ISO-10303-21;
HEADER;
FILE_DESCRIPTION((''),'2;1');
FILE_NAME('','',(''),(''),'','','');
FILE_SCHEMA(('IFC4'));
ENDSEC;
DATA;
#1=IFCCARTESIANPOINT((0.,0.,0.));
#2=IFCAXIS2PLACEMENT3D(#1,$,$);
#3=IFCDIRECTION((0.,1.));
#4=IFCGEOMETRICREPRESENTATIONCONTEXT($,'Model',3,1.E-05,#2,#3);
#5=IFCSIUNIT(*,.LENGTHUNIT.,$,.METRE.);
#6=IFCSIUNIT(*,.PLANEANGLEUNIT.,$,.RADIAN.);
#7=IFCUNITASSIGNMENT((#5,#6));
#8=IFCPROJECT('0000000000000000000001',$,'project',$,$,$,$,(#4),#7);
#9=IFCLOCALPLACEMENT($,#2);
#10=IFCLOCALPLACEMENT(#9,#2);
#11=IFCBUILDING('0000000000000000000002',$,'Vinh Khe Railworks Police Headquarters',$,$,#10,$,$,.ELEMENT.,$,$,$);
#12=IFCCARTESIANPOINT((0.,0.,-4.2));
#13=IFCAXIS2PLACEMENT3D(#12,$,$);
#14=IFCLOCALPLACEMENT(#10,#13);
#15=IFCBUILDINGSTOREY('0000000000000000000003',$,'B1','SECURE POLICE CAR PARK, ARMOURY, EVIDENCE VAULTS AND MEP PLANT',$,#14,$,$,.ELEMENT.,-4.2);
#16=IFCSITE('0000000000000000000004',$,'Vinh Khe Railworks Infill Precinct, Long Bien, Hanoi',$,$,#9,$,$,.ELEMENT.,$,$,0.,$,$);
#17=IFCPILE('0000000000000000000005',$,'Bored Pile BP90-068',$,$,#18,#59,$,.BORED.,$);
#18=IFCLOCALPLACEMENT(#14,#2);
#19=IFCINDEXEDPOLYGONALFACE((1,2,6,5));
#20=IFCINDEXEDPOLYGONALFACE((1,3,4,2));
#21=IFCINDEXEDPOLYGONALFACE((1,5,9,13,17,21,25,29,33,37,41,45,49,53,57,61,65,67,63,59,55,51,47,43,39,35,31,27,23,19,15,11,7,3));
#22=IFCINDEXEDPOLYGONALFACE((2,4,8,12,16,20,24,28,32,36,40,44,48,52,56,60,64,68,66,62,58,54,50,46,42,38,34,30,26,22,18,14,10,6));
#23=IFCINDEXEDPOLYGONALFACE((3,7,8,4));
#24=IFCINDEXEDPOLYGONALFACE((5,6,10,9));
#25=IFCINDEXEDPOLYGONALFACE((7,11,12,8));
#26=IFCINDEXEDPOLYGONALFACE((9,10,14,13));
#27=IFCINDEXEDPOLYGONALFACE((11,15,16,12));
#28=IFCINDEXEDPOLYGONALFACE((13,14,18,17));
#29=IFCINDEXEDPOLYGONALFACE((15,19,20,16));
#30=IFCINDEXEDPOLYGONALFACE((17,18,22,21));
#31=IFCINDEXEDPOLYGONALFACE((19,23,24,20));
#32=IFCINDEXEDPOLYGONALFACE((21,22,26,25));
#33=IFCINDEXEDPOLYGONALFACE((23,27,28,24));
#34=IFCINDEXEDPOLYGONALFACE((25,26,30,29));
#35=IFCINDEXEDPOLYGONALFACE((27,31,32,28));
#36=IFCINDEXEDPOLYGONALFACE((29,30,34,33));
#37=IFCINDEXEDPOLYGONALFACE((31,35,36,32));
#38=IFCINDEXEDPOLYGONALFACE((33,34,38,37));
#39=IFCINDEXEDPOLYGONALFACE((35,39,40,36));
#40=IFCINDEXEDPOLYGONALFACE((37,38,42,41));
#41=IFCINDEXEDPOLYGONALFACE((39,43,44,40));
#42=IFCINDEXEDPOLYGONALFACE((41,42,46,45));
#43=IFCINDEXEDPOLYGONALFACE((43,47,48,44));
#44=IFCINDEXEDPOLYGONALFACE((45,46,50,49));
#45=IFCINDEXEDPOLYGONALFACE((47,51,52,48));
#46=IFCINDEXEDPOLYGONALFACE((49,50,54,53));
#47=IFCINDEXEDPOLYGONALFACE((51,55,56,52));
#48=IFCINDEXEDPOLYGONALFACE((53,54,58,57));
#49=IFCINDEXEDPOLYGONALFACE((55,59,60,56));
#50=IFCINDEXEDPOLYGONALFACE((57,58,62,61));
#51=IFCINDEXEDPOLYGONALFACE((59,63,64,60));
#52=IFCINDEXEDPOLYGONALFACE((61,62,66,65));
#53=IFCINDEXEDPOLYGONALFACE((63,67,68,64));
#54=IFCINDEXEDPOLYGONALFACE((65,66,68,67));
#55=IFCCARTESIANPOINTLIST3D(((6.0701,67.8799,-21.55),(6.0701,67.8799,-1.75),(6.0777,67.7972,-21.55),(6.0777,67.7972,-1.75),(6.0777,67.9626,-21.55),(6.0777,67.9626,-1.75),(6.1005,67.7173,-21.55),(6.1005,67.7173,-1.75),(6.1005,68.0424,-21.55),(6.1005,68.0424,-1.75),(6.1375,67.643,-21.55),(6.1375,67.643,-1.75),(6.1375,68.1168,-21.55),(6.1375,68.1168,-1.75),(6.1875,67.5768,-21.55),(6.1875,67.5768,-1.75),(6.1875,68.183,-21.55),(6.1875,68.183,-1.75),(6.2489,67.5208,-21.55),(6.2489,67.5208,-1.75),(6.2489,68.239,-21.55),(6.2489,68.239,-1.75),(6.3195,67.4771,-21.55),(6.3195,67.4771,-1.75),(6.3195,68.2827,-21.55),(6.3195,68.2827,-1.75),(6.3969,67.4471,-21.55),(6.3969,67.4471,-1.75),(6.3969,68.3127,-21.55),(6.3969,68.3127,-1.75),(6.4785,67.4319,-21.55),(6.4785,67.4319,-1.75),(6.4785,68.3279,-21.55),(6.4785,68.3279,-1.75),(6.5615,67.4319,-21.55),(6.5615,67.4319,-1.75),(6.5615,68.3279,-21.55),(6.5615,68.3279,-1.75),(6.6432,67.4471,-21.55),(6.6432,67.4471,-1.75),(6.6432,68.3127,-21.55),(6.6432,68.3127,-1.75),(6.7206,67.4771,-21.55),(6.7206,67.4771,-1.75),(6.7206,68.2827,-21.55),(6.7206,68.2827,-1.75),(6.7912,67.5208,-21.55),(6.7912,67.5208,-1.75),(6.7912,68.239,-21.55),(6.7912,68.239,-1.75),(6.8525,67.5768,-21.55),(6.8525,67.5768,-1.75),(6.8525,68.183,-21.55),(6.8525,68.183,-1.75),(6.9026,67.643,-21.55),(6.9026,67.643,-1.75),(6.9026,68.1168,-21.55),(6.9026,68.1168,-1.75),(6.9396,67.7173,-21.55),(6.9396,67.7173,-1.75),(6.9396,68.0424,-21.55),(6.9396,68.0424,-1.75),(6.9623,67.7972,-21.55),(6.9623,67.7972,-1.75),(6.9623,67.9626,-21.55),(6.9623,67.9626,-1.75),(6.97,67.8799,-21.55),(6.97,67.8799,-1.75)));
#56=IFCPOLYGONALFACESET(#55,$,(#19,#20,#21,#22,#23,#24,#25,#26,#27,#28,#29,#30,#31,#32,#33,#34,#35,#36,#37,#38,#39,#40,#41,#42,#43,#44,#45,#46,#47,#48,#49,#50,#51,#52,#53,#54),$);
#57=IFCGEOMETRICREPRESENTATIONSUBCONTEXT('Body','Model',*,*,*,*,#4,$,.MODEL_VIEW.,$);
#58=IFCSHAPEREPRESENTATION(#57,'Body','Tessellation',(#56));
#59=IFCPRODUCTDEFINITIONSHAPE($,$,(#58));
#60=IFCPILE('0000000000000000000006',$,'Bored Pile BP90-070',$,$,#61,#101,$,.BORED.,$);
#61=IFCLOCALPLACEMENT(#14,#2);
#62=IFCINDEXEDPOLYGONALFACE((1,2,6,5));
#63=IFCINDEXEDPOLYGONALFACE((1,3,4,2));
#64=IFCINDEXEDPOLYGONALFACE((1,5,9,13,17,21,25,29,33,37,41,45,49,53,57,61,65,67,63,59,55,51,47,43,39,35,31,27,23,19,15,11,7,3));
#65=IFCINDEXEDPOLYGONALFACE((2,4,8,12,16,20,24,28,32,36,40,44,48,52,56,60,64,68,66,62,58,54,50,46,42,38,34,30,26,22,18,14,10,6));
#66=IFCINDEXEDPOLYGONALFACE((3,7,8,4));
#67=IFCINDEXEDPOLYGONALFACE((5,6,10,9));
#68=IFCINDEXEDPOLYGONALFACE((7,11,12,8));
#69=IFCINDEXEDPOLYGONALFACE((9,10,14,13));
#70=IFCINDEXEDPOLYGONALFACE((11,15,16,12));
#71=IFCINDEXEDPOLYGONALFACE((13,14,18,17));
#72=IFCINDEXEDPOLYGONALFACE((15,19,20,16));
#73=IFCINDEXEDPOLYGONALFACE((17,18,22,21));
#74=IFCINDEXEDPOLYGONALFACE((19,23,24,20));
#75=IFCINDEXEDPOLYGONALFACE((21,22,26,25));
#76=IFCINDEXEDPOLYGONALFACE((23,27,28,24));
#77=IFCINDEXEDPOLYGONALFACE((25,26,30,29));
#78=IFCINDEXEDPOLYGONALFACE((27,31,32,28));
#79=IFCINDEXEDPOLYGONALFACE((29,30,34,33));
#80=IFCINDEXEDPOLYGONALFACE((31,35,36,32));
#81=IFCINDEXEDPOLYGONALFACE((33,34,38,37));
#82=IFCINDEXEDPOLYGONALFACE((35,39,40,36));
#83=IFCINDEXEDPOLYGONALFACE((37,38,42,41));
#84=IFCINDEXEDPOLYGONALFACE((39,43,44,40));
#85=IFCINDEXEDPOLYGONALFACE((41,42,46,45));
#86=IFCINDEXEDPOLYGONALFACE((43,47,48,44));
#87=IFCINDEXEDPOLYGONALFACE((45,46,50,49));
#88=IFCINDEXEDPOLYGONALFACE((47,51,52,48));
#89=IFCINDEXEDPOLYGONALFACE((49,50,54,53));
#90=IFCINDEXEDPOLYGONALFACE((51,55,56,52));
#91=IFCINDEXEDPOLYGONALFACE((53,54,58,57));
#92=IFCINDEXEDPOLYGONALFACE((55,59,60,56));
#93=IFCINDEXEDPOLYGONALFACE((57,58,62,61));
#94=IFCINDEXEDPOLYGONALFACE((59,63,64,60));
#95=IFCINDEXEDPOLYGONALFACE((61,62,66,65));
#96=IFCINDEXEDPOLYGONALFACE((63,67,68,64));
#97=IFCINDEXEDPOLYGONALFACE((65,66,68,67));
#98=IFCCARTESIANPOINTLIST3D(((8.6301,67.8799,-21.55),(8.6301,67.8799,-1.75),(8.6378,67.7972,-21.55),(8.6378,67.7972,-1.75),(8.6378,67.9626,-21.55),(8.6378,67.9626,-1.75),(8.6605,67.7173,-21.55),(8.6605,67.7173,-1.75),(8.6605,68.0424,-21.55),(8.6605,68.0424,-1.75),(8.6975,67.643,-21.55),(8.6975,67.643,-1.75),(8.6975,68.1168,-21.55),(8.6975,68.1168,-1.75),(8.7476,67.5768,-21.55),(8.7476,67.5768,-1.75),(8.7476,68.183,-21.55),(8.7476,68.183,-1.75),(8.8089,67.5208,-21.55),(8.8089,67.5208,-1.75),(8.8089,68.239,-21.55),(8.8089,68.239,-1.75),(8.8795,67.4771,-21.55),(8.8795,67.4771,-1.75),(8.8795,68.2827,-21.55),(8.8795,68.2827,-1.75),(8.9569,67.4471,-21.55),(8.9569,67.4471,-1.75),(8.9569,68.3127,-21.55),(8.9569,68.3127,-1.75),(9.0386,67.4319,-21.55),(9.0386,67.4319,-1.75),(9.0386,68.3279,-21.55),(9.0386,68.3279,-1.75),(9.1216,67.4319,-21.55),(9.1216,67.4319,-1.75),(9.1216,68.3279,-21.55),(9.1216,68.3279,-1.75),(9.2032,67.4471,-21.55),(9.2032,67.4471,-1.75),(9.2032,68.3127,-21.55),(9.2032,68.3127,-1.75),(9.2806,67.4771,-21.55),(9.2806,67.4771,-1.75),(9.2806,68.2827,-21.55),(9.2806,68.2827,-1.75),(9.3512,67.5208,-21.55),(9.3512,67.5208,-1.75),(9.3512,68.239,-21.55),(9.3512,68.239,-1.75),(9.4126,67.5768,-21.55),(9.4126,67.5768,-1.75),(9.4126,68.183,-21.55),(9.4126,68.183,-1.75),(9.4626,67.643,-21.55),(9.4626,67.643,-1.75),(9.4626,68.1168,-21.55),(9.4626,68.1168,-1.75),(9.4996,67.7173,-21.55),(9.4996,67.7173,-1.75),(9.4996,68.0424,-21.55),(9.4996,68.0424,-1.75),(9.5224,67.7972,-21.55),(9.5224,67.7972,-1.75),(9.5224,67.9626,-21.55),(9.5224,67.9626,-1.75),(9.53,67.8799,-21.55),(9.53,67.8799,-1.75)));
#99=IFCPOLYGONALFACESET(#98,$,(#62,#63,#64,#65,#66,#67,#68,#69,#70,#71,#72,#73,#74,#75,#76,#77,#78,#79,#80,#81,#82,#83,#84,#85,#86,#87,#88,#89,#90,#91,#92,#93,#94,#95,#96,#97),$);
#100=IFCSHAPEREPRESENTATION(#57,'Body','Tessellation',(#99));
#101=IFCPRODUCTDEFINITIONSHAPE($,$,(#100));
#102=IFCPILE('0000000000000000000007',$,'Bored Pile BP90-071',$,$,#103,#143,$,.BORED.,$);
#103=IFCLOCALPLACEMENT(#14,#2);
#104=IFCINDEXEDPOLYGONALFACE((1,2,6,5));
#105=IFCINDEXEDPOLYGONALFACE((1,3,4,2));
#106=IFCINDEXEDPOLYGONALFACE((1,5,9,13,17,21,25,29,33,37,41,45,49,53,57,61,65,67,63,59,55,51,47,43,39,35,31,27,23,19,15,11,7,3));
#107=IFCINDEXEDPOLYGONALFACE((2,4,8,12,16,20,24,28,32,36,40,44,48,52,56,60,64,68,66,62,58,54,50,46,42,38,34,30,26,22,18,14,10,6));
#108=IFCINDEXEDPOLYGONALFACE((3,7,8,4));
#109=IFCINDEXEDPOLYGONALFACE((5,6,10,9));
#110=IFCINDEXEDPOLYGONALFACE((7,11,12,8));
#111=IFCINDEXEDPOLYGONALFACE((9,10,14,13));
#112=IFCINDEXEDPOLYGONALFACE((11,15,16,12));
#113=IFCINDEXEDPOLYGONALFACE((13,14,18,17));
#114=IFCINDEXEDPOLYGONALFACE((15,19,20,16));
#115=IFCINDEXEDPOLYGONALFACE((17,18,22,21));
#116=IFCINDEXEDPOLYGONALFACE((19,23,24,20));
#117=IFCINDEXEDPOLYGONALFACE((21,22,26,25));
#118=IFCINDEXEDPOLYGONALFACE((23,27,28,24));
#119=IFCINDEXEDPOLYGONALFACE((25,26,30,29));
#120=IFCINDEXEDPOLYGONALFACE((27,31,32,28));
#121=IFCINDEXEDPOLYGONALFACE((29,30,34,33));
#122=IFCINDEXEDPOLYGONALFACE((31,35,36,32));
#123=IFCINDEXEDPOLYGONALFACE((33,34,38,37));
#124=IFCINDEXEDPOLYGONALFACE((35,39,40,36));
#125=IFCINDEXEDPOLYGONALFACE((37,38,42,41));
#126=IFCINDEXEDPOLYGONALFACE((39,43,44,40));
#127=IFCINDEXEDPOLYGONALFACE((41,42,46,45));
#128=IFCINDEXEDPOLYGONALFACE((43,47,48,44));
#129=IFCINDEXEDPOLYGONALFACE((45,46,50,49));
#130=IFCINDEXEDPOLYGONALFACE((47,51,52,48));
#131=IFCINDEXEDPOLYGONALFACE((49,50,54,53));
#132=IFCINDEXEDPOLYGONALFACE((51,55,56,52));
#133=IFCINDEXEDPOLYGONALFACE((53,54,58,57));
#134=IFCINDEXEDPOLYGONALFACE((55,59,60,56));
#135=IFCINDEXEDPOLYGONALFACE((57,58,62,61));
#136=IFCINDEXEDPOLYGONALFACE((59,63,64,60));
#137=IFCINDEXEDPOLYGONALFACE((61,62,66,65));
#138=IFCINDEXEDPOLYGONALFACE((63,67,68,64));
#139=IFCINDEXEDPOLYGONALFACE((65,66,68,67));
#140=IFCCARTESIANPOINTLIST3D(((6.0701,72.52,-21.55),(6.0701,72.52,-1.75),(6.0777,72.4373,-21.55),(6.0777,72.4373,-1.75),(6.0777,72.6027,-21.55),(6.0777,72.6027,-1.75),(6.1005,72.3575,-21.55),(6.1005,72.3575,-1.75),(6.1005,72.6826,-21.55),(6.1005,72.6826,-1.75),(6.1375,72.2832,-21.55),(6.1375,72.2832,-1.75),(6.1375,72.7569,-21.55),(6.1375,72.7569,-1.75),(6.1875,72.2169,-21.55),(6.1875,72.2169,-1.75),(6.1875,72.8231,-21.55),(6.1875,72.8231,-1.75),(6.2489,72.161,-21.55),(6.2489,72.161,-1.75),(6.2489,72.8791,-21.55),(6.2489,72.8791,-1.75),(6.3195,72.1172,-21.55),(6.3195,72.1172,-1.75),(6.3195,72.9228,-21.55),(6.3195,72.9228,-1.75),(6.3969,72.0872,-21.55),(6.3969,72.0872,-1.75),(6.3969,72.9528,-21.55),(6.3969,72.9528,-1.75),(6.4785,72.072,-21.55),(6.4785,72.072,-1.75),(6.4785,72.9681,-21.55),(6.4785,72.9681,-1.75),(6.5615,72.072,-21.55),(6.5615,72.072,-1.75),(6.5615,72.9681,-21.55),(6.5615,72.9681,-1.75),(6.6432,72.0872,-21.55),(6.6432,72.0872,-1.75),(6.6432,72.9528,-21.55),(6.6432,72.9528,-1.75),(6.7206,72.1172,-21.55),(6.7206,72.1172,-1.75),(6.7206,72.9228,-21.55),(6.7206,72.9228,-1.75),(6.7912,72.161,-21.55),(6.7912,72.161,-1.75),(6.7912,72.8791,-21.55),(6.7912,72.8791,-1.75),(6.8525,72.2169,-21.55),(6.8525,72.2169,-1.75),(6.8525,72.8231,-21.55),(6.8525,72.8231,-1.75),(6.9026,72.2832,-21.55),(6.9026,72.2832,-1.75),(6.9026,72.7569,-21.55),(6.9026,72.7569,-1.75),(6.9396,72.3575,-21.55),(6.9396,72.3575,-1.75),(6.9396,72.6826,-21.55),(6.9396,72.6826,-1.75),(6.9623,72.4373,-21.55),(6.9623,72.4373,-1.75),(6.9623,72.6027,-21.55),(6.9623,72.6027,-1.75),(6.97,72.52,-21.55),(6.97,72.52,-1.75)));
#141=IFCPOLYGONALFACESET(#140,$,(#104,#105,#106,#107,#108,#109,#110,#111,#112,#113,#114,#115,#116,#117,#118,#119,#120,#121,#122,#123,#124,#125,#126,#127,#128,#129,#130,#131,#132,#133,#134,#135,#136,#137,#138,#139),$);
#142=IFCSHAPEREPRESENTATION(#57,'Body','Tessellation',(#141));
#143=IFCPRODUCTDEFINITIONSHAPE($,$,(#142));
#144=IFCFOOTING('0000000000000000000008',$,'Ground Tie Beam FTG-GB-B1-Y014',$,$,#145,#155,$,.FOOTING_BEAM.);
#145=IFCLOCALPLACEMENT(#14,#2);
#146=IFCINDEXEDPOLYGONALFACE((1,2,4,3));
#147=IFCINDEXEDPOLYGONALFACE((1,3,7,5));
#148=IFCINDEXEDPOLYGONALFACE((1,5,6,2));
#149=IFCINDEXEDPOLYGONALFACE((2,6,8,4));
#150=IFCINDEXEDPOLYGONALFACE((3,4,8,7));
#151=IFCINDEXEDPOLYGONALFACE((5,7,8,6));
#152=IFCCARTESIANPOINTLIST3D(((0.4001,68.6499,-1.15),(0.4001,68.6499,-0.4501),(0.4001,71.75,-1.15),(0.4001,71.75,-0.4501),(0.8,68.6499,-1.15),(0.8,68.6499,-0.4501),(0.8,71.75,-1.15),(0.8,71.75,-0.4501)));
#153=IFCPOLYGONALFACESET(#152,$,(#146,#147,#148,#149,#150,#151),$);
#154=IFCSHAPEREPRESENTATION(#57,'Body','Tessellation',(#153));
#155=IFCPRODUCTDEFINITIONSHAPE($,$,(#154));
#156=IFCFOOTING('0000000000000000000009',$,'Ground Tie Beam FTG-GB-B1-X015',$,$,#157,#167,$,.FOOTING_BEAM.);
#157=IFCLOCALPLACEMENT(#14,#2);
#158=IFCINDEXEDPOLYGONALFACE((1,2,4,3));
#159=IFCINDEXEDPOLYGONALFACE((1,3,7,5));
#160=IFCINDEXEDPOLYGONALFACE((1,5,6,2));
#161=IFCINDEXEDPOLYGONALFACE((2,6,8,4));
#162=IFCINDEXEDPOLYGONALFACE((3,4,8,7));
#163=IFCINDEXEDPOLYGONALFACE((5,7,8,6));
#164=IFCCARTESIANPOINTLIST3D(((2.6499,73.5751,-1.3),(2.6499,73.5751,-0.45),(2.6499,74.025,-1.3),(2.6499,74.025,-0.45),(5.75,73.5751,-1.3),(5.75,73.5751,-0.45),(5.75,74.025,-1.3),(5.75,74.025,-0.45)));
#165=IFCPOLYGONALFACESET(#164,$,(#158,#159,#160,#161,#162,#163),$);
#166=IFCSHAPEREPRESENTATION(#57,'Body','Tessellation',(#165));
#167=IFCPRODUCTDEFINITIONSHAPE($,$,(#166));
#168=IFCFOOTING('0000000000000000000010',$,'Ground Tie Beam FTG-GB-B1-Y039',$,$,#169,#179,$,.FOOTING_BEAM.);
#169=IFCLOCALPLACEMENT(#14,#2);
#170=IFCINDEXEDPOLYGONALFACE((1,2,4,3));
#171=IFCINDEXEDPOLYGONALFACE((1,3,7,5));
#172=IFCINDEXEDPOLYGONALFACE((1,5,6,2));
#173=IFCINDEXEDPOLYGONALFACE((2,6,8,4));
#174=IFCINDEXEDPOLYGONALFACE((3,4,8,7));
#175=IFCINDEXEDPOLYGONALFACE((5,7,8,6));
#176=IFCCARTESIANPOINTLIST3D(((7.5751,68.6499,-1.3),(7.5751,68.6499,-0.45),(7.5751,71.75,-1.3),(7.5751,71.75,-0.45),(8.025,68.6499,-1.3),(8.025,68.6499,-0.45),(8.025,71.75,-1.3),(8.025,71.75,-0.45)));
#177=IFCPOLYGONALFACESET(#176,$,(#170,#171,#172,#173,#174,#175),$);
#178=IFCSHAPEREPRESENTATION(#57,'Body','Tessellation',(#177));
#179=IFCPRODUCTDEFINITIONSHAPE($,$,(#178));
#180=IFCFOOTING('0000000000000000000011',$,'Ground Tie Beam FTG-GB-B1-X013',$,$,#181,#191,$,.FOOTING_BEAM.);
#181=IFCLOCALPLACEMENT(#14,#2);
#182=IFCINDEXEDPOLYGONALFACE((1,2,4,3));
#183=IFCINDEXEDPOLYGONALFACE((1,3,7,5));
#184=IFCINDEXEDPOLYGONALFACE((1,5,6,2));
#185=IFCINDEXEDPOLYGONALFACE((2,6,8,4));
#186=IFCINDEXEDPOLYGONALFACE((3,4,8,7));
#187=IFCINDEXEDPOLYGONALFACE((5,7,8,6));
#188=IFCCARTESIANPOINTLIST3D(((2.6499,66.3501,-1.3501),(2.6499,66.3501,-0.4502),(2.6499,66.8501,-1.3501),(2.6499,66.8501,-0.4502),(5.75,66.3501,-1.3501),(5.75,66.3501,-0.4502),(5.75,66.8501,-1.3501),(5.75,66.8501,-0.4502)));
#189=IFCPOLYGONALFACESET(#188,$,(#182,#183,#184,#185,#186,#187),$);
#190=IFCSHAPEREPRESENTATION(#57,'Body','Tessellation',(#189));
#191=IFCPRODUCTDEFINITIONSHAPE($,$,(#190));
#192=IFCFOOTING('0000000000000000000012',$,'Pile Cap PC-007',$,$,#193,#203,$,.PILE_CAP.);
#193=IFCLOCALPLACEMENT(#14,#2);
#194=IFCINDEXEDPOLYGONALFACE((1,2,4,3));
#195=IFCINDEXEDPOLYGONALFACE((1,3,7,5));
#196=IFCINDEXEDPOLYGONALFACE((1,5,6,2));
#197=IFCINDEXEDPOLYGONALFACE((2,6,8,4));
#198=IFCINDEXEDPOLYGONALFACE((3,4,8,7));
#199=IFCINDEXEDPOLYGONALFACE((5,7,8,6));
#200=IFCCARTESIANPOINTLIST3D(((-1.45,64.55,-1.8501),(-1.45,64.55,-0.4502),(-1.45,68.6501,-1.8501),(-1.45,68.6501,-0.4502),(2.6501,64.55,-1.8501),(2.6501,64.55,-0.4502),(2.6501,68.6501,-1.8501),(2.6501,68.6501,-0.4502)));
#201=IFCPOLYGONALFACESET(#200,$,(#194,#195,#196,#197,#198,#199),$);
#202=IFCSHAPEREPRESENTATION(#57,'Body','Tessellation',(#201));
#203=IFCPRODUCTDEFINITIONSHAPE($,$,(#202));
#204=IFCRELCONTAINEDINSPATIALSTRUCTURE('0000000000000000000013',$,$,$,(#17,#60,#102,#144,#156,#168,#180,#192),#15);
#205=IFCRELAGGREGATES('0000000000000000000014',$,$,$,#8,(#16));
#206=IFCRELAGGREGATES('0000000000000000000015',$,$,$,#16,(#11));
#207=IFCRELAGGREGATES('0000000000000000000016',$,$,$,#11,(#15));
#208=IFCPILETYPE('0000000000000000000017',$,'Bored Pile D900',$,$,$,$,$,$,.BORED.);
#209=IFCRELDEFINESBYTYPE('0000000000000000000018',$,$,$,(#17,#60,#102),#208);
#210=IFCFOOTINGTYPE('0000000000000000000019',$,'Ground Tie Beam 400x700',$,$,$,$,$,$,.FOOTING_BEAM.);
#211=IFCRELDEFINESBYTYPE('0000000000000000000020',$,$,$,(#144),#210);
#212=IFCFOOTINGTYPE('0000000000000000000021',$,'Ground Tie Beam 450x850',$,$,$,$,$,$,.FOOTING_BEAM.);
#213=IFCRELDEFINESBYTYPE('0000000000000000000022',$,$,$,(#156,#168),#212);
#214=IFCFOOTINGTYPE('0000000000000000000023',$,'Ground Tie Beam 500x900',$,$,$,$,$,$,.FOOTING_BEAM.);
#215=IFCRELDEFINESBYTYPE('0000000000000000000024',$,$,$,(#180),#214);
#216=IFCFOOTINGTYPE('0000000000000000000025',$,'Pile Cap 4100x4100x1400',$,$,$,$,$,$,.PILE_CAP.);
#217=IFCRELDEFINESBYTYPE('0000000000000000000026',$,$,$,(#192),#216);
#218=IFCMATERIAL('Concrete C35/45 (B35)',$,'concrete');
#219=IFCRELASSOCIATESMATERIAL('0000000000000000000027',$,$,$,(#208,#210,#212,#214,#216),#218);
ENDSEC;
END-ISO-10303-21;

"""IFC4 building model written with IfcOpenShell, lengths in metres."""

from ifc_helpers import new_model, si_unit, direction, frame, origin, origin_2d, place, context, subcontext, project, spatial, rectangle, circle, extrude, material, material_profile, profile_set, type_object, element, save


model = new_model("IFC4")

# Units and contexts
model_context = context("Model", 3, precision=1e-05, world=origin(), true_north=direction((0.0, 1.0)))
body_context = subcontext(model_context, "Body", "Model", "MODEL_VIEW")
ifc_project = project(units=[si_unit("LENGTHUNIT", "METRE"), si_unit("PLANEANGLEUNIT", "RADIAN")], contexts=[model_context])

# Site, building, storey
site_placement = place(None, origin())
site = spatial("IfcSite", under=ifc_project, at=site_placement, Name="Vinh Khe Railworks Infill Precinct, Long Bien, Hanoi", CompositionType="ELEMENT", RefElevation=0.0)
building_placement = place(site_placement, origin())
building = spatial("IfcBuilding", under=site, at=building_placement, Name="Vinh Khe Railworks Police Headquarters", CompositionType="ELEMENT")
storey_placement = place(building_placement, frame((0.0, 0.0, -4.2)))
storey = spatial("IfcBuildingStorey", under=building, at=storey_placement, Name="B1", Description="SECURE POLICE CAR PARK, ARMOURY, EVIDENCE VAULTS AND MEP PLANT", CompositionType="ELEMENT", Elevation=-4.2)

# Piles
ifc_material_1 = material(Name="Concrete C35/45 (B35)", Category="concrete")
ifc_material_profile_1 = material_profile(ifc_material_1, circle(Radius=0.45, at=origin_2d()), Name="BORED PILE D900")
ifc_profile_set_1 = profile_set([ifc_material_profile_1], Name="Concrete C35/45 (B35)")
pile_type = type_object("IfcPileType", Name="Bored Pile D900", PredefinedType="BORED", material=ifc_profile_set_1)
for number, where, z_axis, x_axis, name in (
    (1, (6.52, 67.8799, -1.75), (0.0, 0.0, -1.0), (1.0, 0.0, 0.0), "Bored Pile BP90-068"),
    (2, (9.0801, 67.8799, -1.75), (0.0, 0.0, -1.0), (1.0, 0.0, 0.0), "Bored Pile BP90-070"),
    (3, (6.52, 72.52, -1.75), (0.0, 0.0, -1.0), (1.0, 0.0, 0.0), "Bored Pile BP90-071"),
):
    element("IfcPile", number, at=place(storey_placement, frame(where, z_axis=z_axis, x_axis=x_axis)), inside=storey, type_object=pile_type, Name=name, PredefinedType="BORED", context=body_context, shape_type="SweptSolid", body=[
        extrude(circle(Radius=0.45, at=origin_2d()), origin(), (0.0, 0.0, 1.0), 19.8),
    ])

# Footings
ifc_material_profile_2 = material_profile(ifc_material_1, rectangle(XDim=0.3999, YDim=0.7, at=origin_2d()), Name="RC 400x700")
ifc_profile_set_2 = profile_set([ifc_material_profile_2], Name="Concrete C35/45 (B35)")
footing_type_1 = type_object("IfcFootingType", Name="Ground Tie Beam 400x700", PredefinedType="FOOTING_BEAM", material=ifc_profile_set_2)
footing_1_placement = place(storey_placement, frame((0.6001, 68.6499, -0.8), z_axis=(0.0, 1.0, 0.0), x_axis=(-1.0, 0.0, 0.0)))
element("IfcFooting", 4, at=footing_1_placement, inside=storey, type_object=footing_type_1, Name="Ground Tie Beam FTG-GB-B1-Y014", PredefinedType="FOOTING_BEAM", context=body_context, shape_type="SweptSolid", body=[
    extrude(rectangle(XDim=0.3999, YDim=0.7, at=origin_2d()), origin(), (0.0, 0.0, 1.0), 3.1001),
])
ifc_material_profile_3 = material_profile(ifc_material_1, rectangle(XDim=0.45, YDim=0.8501, at=origin_2d()), Name="RC 450x850")
ifc_profile_set_3 = profile_set([ifc_material_profile_3], Name="Concrete C35/45 (B35)")
footing_type_2 = type_object("IfcFootingType", Name="Ground Tie Beam 450x850", PredefinedType="FOOTING_BEAM", material=ifc_profile_set_3)
for number, where, z_axis, x_axis, name in (
    (5, (2.6499, 73.8, -0.875), (1.0, 0.0, 0.0), (0.0, 1.0, 0.0), "Ground Tie Beam FTG-GB-B1-X015"),
    (6, (7.8, 68.6499, -0.875), (0.0, 1.0, 0.0), (-1.0, 0.0, 0.0), "Ground Tie Beam FTG-GB-B1-Y039"),
):
    element("IfcFooting", number, at=place(storey_placement, frame(where, z_axis=z_axis, x_axis=x_axis)), inside=storey, type_object=footing_type_2, Name=name, PredefinedType="FOOTING_BEAM", context=body_context, shape_type="SweptSolid", body=[
        extrude(rectangle(XDim=0.45, YDim=0.8501, at=origin_2d()), origin(), (0.0, 0.0, 1.0), 3.1001),
    ])
ifc_material_profile_4 = material_profile(ifc_material_1, rectangle(XDim=0.5, YDim=0.8999, at=origin_2d()), Name="RC 500x900")
ifc_profile_set_4 = profile_set([ifc_material_profile_4], Name="Concrete C35/45 (B35)")
footing_type_3 = type_object("IfcFootingType", Name="Ground Tie Beam 500x900", PredefinedType="FOOTING_BEAM", material=ifc_profile_set_4)
footing_2_placement = place(storey_placement, frame((2.6499, 66.6001, -0.9001), z_axis=(1.0, 0.0, 0.0), x_axis=(0.0, 1.0, 0.0)))
element("IfcFooting", 7, at=footing_2_placement, inside=storey, type_object=footing_type_3, Name="Ground Tie Beam FTG-GB-B1-X013", PredefinedType="FOOTING_BEAM", context=body_context, shape_type="SweptSolid", body=[
    extrude(rectangle(XDim=0.5, YDim=0.8999, at=origin_2d()), origin(), (0.0, 0.0, 1.0), 3.1001),
])
footing_type_4 = type_object("IfcFootingType", Name="Pile Cap 4100x4100x1400", PredefinedType="PILE_CAP", material=ifc_material_1)
for number, where, z_axis, x_axis, name in (
    (8, (0.6001, 66.6001, -1.8501), (0.0, 0.0, 1.0), (1.0, 0.0, 0.0), "Pile Cap PC-007"),
):
    element("IfcFooting", number, at=place(storey_placement, frame(where, z_axis=z_axis, x_axis=x_axis)), inside=storey, type_object=footing_type_4, Name=name, PredefinedType="PILE_CAP", context=body_context, shape_type="SweptSolid", body=[
        extrude(rectangle(XDim=4.1001, YDim=4.1001, at=origin_2d()), origin(), (0.0, 0.0, 1.0), 1.3999),
    ])

save(model, "model.ifc")
